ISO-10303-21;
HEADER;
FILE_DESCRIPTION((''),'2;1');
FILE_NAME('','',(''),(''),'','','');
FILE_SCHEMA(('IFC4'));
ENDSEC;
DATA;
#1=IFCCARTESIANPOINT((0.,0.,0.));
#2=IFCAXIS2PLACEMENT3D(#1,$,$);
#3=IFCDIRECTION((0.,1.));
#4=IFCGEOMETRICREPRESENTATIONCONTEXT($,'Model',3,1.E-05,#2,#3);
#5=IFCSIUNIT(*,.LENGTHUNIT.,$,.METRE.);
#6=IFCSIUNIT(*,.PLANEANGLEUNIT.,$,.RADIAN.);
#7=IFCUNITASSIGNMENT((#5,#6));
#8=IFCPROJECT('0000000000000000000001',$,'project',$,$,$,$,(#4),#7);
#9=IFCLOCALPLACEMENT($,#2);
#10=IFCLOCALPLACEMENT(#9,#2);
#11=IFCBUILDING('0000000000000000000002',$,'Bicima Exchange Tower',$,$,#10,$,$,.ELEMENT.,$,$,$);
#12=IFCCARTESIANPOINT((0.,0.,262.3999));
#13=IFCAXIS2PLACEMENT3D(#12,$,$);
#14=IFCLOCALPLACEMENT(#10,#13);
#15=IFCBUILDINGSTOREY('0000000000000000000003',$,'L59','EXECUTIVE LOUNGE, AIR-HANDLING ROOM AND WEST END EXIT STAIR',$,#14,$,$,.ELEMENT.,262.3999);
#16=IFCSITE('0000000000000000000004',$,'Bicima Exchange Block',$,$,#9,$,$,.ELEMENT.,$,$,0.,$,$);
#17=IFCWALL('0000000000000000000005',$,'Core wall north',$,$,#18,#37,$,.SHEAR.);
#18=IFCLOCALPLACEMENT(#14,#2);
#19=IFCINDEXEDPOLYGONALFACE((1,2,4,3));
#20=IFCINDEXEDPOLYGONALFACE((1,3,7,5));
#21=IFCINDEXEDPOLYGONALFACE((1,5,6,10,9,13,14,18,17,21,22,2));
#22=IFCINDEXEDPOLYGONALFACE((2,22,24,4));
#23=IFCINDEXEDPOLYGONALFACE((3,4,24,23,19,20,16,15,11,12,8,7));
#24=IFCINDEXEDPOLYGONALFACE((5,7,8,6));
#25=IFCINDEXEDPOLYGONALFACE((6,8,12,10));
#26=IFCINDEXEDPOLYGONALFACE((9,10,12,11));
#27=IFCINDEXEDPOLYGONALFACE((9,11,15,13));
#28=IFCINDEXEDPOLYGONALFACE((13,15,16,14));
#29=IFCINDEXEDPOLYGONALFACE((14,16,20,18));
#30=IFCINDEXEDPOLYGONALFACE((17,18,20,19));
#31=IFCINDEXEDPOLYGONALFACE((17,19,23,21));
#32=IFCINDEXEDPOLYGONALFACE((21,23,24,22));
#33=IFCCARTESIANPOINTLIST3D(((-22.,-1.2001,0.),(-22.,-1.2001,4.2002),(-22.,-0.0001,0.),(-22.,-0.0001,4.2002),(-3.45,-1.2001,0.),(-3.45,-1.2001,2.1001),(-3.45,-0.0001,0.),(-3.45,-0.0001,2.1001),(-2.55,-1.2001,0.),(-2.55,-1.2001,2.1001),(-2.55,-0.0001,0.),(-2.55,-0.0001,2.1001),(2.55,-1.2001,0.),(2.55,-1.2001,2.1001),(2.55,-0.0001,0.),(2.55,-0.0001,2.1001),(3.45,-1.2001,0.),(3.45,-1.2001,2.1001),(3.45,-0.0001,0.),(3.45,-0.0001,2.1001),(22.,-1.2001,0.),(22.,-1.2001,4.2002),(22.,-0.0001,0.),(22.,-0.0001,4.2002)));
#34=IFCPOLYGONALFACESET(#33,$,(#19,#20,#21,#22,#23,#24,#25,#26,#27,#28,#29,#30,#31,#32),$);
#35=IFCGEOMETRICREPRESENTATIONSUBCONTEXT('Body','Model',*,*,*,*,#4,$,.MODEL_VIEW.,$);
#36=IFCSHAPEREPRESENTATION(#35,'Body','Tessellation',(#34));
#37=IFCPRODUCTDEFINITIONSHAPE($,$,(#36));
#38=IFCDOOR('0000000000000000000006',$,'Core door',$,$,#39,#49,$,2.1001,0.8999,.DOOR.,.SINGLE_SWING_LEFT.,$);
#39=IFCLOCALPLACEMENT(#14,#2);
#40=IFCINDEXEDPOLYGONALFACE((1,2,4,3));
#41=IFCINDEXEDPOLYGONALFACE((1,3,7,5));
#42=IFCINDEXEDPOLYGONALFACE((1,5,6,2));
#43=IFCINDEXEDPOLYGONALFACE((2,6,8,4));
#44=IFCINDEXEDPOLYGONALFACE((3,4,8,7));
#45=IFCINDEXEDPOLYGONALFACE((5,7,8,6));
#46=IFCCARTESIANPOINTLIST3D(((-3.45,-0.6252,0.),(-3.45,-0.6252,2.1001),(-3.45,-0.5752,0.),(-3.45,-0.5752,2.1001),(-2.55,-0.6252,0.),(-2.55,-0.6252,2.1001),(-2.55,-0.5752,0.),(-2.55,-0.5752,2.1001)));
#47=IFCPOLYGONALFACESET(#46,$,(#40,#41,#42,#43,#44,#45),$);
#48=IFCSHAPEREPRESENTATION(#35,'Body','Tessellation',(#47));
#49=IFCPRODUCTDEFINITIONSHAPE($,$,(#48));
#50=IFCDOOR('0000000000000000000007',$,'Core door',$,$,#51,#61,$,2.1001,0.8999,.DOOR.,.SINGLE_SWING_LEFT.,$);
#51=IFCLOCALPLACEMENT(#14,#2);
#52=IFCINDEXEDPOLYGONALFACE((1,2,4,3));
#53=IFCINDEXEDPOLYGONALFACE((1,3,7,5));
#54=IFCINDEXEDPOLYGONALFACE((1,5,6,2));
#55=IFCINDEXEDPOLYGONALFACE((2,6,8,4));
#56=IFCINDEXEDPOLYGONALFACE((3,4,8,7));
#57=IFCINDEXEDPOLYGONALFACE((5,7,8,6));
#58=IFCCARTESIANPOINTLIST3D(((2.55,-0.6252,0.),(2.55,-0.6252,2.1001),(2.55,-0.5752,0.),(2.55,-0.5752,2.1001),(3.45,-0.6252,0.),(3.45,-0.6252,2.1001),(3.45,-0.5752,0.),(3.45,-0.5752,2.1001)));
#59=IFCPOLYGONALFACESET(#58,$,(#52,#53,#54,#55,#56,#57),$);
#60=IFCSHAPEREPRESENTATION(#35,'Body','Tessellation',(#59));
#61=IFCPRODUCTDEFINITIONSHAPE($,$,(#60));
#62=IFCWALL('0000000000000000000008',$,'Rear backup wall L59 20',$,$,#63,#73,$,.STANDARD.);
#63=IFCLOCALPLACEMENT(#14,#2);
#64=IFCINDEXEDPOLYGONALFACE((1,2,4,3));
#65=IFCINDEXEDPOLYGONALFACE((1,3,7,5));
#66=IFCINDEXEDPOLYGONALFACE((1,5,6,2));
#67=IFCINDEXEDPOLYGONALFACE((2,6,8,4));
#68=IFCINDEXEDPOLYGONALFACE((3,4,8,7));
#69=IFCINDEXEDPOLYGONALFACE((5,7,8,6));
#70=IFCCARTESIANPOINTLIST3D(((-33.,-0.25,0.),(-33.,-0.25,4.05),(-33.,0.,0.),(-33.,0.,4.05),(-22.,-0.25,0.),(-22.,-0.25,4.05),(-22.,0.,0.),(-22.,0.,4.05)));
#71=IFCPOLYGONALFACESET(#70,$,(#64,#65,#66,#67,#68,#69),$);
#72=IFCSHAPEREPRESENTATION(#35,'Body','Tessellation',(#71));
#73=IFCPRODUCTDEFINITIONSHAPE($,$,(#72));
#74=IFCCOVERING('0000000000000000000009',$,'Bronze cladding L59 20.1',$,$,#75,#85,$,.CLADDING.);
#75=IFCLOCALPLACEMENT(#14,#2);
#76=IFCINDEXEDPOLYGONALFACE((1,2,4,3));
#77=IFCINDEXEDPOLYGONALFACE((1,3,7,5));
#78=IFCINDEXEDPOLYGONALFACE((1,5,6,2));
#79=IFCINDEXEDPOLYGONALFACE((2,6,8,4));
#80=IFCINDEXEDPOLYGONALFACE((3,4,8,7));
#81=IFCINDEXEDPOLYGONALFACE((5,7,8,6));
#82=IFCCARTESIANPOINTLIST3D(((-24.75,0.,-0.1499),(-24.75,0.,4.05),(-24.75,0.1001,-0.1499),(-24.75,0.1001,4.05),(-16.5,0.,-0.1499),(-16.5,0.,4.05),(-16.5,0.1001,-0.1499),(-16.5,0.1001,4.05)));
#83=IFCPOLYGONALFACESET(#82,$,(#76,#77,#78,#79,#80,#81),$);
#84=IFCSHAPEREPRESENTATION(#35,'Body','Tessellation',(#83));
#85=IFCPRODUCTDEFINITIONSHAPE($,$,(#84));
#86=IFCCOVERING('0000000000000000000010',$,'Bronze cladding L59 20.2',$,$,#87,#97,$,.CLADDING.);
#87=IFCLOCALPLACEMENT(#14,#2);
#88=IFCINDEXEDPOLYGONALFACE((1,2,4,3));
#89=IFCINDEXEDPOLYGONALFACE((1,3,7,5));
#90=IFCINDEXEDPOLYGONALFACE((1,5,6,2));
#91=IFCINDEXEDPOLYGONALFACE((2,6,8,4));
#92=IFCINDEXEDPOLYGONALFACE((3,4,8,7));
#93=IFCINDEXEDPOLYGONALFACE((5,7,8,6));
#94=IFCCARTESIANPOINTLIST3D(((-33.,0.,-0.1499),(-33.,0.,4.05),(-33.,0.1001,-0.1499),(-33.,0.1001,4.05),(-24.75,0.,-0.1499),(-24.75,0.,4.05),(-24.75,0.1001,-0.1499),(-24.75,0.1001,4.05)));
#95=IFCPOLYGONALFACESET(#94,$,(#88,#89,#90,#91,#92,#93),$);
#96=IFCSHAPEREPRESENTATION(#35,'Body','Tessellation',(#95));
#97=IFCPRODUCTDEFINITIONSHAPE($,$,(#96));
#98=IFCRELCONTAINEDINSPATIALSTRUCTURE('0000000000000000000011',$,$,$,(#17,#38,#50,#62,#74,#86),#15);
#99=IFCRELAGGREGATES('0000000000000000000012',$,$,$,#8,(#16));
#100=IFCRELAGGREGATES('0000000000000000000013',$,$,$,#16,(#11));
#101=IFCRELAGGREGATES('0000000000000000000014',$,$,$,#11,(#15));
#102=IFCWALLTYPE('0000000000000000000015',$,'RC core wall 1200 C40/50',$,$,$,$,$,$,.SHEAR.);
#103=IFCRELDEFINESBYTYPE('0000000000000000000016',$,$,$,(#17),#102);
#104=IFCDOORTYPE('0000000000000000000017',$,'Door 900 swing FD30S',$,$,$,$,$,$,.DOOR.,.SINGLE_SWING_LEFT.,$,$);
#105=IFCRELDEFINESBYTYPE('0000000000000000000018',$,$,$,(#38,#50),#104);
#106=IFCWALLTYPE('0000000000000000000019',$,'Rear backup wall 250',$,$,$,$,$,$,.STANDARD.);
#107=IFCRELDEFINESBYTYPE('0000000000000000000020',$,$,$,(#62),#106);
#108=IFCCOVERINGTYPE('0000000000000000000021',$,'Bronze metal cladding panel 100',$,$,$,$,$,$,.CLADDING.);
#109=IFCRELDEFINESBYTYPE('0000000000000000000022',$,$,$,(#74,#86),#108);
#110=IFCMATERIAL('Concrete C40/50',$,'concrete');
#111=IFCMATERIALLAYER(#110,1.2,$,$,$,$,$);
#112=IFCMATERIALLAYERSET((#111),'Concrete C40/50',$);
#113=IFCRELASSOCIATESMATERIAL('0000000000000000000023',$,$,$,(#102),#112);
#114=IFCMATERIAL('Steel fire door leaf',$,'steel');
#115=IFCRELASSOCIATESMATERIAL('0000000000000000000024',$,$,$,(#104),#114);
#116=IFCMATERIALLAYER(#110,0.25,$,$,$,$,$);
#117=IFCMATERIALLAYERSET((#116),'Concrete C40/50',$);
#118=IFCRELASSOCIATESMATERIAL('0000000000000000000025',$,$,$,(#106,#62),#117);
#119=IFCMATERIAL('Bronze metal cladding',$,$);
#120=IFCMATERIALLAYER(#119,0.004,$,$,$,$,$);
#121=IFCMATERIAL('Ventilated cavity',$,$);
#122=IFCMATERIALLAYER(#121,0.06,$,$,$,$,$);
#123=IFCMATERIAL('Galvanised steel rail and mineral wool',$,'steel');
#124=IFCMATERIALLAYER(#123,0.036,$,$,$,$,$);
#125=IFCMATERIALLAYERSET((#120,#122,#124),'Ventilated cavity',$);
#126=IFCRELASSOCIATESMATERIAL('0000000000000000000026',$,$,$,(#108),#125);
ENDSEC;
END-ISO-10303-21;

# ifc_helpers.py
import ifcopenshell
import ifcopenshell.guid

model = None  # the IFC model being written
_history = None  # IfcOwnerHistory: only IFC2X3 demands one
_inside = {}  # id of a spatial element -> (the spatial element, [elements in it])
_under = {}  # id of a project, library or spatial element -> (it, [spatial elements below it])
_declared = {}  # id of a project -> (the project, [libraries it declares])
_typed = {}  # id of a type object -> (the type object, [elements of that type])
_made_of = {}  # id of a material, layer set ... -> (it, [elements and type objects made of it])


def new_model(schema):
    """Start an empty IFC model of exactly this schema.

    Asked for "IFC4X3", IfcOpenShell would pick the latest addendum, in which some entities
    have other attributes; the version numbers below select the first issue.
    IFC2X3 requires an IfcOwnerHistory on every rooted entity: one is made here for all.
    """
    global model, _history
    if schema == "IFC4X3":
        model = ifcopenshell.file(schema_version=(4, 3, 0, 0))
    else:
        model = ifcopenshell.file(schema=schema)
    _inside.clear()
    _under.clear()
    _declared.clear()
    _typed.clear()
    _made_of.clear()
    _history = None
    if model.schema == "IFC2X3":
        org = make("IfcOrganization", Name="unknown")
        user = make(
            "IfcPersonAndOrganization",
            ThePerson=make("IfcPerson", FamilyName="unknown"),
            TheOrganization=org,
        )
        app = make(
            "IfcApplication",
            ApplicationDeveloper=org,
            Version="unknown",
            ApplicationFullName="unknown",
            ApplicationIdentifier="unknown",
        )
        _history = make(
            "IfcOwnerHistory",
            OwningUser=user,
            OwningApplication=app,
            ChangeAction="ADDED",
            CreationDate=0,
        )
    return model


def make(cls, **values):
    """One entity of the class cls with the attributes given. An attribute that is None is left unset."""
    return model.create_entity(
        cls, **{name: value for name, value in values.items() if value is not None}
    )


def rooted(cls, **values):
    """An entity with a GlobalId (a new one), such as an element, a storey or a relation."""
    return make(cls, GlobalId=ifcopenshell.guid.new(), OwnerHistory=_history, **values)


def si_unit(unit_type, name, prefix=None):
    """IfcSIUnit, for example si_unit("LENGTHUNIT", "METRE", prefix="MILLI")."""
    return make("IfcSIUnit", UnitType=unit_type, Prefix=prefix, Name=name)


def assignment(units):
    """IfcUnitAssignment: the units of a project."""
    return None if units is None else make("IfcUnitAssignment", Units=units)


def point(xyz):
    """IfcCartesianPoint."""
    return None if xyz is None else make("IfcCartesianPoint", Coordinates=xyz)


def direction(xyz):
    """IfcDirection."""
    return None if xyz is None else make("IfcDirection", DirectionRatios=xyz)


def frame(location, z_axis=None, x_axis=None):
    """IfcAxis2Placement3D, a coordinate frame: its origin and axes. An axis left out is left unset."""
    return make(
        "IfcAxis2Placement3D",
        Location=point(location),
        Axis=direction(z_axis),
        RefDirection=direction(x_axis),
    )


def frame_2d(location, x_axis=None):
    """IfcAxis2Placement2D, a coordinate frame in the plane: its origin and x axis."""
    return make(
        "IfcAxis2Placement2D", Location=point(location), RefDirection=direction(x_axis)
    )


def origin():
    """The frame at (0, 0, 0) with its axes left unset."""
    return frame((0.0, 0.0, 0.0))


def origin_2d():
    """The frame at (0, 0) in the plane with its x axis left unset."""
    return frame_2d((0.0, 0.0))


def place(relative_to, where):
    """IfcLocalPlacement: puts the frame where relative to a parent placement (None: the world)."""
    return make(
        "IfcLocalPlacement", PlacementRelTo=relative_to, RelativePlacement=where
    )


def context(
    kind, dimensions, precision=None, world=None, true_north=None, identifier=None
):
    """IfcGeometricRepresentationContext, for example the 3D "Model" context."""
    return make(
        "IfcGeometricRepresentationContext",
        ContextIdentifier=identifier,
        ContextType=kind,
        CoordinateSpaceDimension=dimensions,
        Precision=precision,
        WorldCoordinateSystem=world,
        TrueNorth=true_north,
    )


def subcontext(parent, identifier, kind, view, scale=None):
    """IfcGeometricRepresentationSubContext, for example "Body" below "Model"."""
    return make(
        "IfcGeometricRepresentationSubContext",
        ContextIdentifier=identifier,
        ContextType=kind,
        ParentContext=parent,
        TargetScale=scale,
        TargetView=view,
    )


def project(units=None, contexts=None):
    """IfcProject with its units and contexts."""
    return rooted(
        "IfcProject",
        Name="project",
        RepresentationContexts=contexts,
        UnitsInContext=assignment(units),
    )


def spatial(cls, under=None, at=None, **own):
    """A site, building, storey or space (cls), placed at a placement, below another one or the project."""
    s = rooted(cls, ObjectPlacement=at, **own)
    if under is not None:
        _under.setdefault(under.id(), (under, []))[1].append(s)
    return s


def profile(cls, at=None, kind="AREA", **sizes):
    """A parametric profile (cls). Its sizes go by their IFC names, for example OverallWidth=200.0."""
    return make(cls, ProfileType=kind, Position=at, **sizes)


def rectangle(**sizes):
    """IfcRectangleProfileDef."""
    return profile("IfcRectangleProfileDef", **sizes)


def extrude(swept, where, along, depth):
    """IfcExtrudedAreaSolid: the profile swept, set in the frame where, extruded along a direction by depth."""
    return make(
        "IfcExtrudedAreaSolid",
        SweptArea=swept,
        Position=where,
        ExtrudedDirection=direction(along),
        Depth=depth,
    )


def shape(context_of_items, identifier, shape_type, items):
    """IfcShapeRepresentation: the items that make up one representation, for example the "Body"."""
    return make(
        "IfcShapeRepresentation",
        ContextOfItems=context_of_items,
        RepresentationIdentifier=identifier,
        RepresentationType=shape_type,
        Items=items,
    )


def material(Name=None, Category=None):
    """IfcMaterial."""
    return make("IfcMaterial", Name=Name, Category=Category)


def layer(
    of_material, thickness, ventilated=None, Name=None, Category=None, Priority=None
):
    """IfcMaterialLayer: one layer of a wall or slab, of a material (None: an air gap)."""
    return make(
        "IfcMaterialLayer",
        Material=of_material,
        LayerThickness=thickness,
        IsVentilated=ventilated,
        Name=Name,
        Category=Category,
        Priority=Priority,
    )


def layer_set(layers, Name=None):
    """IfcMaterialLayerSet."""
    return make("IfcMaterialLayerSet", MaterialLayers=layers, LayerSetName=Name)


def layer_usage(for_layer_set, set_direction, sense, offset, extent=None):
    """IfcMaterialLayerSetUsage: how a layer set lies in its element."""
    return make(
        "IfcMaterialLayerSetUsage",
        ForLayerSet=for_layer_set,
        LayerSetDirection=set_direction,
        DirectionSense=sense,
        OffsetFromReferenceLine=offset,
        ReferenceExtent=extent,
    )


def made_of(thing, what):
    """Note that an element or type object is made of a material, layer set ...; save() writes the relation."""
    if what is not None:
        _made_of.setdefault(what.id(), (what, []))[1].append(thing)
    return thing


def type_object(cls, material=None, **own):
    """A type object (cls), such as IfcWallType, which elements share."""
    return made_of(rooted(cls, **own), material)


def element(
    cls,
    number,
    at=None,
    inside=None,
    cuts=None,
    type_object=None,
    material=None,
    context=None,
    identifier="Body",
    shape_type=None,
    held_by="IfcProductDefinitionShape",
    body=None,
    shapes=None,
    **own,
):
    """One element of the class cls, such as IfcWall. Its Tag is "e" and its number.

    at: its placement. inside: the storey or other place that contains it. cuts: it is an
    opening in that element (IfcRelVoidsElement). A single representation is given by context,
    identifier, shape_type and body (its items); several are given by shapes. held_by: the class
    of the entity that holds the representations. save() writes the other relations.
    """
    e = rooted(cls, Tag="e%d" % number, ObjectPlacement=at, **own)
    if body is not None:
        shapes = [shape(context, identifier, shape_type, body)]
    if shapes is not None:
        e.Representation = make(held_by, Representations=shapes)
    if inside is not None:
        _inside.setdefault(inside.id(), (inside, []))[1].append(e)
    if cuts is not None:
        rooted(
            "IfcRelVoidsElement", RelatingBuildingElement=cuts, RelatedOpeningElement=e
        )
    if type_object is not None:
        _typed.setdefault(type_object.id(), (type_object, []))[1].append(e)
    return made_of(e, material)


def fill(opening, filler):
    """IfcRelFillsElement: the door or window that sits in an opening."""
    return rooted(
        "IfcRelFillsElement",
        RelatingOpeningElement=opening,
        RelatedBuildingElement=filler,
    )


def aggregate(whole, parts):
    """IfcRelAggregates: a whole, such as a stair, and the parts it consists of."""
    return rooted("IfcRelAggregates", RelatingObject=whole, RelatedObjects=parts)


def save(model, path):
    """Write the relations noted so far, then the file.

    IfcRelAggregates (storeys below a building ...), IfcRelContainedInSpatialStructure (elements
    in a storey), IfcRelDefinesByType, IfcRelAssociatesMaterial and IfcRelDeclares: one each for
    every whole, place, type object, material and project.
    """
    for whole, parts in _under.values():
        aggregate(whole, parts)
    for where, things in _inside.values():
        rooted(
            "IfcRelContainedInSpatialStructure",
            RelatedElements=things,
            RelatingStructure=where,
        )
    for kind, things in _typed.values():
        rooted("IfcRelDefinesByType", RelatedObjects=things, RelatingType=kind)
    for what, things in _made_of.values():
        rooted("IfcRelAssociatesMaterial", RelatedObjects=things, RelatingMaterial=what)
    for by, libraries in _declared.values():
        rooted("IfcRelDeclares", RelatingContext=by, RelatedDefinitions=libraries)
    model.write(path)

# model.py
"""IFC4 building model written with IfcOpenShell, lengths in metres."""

from ifc_helpers import new_model, si_unit, direction, frame, frame_2d, origin, origin_2d, place, context, subcontext, project, spatial, rectangle, extrude, material, layer, layer_set, layer_usage, type_object, element, fill, save


model = new_model("IFC4")

# Units and contexts
model_context = context("Model", 3, precision=1e-05, world=origin(), true_north=direction((0.0, 1.0)))
body_context = subcontext(model_context, "Body", "Model", "MODEL_VIEW")
ifc_project = project(units=[si_unit("LENGTHUNIT", "METRE"), si_unit("PLANEANGLEUNIT", "RADIAN")], contexts=[model_context])

# Site, building, storey
site_placement = place(None, origin())
site = spatial("IfcSite", under=ifc_project, at=site_placement, Name="Bicima Exchange Block", CompositionType="ELEMENT", RefElevation=0.0)
building_placement = place(site_placement, origin())
building = spatial("IfcBuilding", under=site, at=building_placement, Name="Bicima Exchange Tower", CompositionType="ELEMENT")
storey_placement = place(building_placement, frame((0.0, 0.0, 262.3999)))
storey = spatial("IfcBuildingStorey", under=building, at=storey_placement, Name="L59", Description="EXECUTIVE LOUNGE, AIR-HANDLING ROOM AND WEST END EXIT STAIR", CompositionType="ELEMENT", Elevation=262.3999)

# Wall, openings, doors
ifc_material_1 = material(Name="Concrete C40/50", Category="concrete")
ifc_layer_1 = layer(ifc_material_1, 1.2)
ifc_layer_set_1 = layer_set([ifc_layer_1], Name="Concrete C40/50")
wall_type_1 = type_object("IfcWallType", Name="RC core wall 1200 C40/50", PredefinedType="SHEAR", material=ifc_layer_set_1)
wall_1_placement = place(storey_placement, frame((-22.0, -0.6001, 0.0), z_axis=(0.0, 0.0, 1.0), x_axis=(1.0, 0.0, 0.0)))
wall_1 = element("IfcWall", 1, at=wall_1_placement, inside=storey, type_object=wall_type_1, Name="Core wall north", PredefinedType="SHEAR", context=body_context, shape_type="SweptSolid", body=[
    extrude(rectangle(XDim=44.0, YDim=1.2, at=frame_2d((22.0, 0.0))), origin(), (0.0, 0.0, 1.0), 4.2002),
])
opening_1_placement = place(wall_1_placement, frame((18.55, 0.0, 0.0)))
opening_1 = element("IfcOpeningElement", 2, at=opening_1_placement, cuts=wall_1, PredefinedType="OPENING", context=body_context, shape_type="SweptSolid", body=[
    extrude(rectangle(XDim=0.8999, YDim=2.1001, at=frame_2d((0.45, 1.05))), frame((0.0, 0.6118, 0.0), z_axis=(0.0, -1.0, 0.0), x_axis=(1.0, 0.0, 0.0)), (0.0, 0.0, 1.0), 1.2239),
])
opening_2_placement = place(wall_1_placement, frame((24.55, 0.0, 0.0)))
opening_2 = element("IfcOpeningElement", 3, at=opening_2_placement, cuts=wall_1, PredefinedType="OPENING", context=body_context, shape_type="SweptSolid", body=[
    extrude(rectangle(XDim=0.8999, YDim=2.1001, at=frame_2d((0.45, 1.05))), frame((0.0, 0.6118, 0.0), z_axis=(0.0, -1.0, 0.0), x_axis=(1.0, 0.0, 0.0)), (0.0, 0.0, 1.0), 1.2239),
])
ifc_material_2 = material(Name="Steel fire door leaf", Category="steel")
door_type = type_object("IfcDoorType", Name="Door 900 swing FD30S", OperationType="SINGLE_SWING_LEFT", PredefinedType="DOOR", material=ifc_material_2)
door_1_placement = place(opening_1_placement, origin())
door_1 = element("IfcDoor", 4, at=door_1_placement, inside=storey, type_object=door_type, Name="Core door", OperationType="SINGLE_SWING_LEFT", OverallHeight=2.1001, OverallWidth=0.8999, PredefinedType="DOOR", context=body_context, shape_type="SweptSolid", body=[
    extrude(rectangle(XDim=0.8999, YDim=2.1001, at=frame_2d((0.45, 1.05))), frame((0.0, 0.0249, 0.0), z_axis=(0.0, -1.0, 0.0), x_axis=(1.0, 0.0, 0.0)), (0.0, 0.0, 1.0), 0.05),
])
fill(opening_1, door_1)
door_2_placement = place(opening_2_placement, origin())
door_2 = element("IfcDoor", 5, at=door_2_placement, inside=storey, type_object=door_type, Name="Core door", OperationType="SINGLE_SWING_LEFT", OverallHeight=2.1001, OverallWidth=0.8999, PredefinedType="DOOR", context=body_context, shape_type="SweptSolid", body=[
    extrude(rectangle(XDim=0.8999, YDim=2.1001, at=frame_2d((0.45, 1.05))), frame((0.0, 0.0249, 0.0), z_axis=(0.0, -1.0, 0.0), x_axis=(1.0, 0.0, 0.0)), (0.0, 0.0, 1.0), 0.05),
])
fill(opening_2, door_2)

# Wall
ifc_layer_2 = layer(ifc_material_1, 0.25)
ifc_layer_set_2 = layer_set([ifc_layer_2], Name="Concrete C40/50")
ifc_layer_usage = layer_usage(ifc_layer_set_2, "AXIS2", "POSITIVE", -0.125)
wall_type_2 = type_object("IfcWallType", Name="Rear backup wall 250", PredefinedType="STANDARD", material=ifc_layer_set_2)
wall_2_placement = place(storey_placement, frame((-22.0, -0.125, 0.0), z_axis=(0.0, 0.0, 1.0), x_axis=(-1.0, 0.0, 0.0)))
element("IfcWall", 6, at=wall_2_placement, inside=storey, type_object=wall_type_2, material=ifc_layer_usage, Name="Rear backup wall L59 20", PredefinedType="STANDARD", context=body_context, shape_type="SweptSolid", body=[
    extrude(rectangle(XDim=11.0, YDim=0.25, at=frame_2d((5.5, 0.0))), origin(), (0.0, 0.0, 1.0), 4.05),
])

# Coverings
ifc_material_3 = material(Name="Bronze metal cladding")
ifc_layer_3 = layer(ifc_material_3, 0.004)
ifc_material_4 = material(Name="Ventilated cavity")
ifc_layer_4 = layer(ifc_material_4, 0.06)
ifc_material_5 = material(Name="Galvanised steel rail and mineral wool", Category="steel")
ifc_layer_5 = layer(ifc_material_5, 0.036)
ifc_layer_set_3 = layer_set([ifc_layer_3, ifc_layer_4, ifc_layer_5], Name="Ventilated cavity")
covering_type = type_object("IfcCoveringType", Name="Bronze metal cladding panel 100", PredefinedType="CLADDING", material=ifc_layer_set_3)
for number, where, z_axis, x_axis, name in (
    (7, (-20.625, 0.05, -0.1499), (0.0, 0.0, 1.0), (-1.0, 0.0, 0.0), "Bronze cladding L59 20.1"),
    (8, (-28.875, 0.05, -0.1499), (0.0, 0.0, 1.0), (-1.0, 0.0, 0.0), "Bronze cladding L59 20.2"),
):
    element("IfcCovering", number, at=place(storey_placement, frame(where, z_axis=z_axis, x_axis=x_axis)), inside=storey, type_object=covering_type, Name=name, PredefinedType="CLADDING", context=body_context, shape_type="SweptSolid", body=[
        extrude(rectangle(XDim=8.25, YDim=0.1001, at=origin_2d()), origin(), (0.0, 0.0, 1.0), 4.2),
    ])

save(model, "model.ifc")
